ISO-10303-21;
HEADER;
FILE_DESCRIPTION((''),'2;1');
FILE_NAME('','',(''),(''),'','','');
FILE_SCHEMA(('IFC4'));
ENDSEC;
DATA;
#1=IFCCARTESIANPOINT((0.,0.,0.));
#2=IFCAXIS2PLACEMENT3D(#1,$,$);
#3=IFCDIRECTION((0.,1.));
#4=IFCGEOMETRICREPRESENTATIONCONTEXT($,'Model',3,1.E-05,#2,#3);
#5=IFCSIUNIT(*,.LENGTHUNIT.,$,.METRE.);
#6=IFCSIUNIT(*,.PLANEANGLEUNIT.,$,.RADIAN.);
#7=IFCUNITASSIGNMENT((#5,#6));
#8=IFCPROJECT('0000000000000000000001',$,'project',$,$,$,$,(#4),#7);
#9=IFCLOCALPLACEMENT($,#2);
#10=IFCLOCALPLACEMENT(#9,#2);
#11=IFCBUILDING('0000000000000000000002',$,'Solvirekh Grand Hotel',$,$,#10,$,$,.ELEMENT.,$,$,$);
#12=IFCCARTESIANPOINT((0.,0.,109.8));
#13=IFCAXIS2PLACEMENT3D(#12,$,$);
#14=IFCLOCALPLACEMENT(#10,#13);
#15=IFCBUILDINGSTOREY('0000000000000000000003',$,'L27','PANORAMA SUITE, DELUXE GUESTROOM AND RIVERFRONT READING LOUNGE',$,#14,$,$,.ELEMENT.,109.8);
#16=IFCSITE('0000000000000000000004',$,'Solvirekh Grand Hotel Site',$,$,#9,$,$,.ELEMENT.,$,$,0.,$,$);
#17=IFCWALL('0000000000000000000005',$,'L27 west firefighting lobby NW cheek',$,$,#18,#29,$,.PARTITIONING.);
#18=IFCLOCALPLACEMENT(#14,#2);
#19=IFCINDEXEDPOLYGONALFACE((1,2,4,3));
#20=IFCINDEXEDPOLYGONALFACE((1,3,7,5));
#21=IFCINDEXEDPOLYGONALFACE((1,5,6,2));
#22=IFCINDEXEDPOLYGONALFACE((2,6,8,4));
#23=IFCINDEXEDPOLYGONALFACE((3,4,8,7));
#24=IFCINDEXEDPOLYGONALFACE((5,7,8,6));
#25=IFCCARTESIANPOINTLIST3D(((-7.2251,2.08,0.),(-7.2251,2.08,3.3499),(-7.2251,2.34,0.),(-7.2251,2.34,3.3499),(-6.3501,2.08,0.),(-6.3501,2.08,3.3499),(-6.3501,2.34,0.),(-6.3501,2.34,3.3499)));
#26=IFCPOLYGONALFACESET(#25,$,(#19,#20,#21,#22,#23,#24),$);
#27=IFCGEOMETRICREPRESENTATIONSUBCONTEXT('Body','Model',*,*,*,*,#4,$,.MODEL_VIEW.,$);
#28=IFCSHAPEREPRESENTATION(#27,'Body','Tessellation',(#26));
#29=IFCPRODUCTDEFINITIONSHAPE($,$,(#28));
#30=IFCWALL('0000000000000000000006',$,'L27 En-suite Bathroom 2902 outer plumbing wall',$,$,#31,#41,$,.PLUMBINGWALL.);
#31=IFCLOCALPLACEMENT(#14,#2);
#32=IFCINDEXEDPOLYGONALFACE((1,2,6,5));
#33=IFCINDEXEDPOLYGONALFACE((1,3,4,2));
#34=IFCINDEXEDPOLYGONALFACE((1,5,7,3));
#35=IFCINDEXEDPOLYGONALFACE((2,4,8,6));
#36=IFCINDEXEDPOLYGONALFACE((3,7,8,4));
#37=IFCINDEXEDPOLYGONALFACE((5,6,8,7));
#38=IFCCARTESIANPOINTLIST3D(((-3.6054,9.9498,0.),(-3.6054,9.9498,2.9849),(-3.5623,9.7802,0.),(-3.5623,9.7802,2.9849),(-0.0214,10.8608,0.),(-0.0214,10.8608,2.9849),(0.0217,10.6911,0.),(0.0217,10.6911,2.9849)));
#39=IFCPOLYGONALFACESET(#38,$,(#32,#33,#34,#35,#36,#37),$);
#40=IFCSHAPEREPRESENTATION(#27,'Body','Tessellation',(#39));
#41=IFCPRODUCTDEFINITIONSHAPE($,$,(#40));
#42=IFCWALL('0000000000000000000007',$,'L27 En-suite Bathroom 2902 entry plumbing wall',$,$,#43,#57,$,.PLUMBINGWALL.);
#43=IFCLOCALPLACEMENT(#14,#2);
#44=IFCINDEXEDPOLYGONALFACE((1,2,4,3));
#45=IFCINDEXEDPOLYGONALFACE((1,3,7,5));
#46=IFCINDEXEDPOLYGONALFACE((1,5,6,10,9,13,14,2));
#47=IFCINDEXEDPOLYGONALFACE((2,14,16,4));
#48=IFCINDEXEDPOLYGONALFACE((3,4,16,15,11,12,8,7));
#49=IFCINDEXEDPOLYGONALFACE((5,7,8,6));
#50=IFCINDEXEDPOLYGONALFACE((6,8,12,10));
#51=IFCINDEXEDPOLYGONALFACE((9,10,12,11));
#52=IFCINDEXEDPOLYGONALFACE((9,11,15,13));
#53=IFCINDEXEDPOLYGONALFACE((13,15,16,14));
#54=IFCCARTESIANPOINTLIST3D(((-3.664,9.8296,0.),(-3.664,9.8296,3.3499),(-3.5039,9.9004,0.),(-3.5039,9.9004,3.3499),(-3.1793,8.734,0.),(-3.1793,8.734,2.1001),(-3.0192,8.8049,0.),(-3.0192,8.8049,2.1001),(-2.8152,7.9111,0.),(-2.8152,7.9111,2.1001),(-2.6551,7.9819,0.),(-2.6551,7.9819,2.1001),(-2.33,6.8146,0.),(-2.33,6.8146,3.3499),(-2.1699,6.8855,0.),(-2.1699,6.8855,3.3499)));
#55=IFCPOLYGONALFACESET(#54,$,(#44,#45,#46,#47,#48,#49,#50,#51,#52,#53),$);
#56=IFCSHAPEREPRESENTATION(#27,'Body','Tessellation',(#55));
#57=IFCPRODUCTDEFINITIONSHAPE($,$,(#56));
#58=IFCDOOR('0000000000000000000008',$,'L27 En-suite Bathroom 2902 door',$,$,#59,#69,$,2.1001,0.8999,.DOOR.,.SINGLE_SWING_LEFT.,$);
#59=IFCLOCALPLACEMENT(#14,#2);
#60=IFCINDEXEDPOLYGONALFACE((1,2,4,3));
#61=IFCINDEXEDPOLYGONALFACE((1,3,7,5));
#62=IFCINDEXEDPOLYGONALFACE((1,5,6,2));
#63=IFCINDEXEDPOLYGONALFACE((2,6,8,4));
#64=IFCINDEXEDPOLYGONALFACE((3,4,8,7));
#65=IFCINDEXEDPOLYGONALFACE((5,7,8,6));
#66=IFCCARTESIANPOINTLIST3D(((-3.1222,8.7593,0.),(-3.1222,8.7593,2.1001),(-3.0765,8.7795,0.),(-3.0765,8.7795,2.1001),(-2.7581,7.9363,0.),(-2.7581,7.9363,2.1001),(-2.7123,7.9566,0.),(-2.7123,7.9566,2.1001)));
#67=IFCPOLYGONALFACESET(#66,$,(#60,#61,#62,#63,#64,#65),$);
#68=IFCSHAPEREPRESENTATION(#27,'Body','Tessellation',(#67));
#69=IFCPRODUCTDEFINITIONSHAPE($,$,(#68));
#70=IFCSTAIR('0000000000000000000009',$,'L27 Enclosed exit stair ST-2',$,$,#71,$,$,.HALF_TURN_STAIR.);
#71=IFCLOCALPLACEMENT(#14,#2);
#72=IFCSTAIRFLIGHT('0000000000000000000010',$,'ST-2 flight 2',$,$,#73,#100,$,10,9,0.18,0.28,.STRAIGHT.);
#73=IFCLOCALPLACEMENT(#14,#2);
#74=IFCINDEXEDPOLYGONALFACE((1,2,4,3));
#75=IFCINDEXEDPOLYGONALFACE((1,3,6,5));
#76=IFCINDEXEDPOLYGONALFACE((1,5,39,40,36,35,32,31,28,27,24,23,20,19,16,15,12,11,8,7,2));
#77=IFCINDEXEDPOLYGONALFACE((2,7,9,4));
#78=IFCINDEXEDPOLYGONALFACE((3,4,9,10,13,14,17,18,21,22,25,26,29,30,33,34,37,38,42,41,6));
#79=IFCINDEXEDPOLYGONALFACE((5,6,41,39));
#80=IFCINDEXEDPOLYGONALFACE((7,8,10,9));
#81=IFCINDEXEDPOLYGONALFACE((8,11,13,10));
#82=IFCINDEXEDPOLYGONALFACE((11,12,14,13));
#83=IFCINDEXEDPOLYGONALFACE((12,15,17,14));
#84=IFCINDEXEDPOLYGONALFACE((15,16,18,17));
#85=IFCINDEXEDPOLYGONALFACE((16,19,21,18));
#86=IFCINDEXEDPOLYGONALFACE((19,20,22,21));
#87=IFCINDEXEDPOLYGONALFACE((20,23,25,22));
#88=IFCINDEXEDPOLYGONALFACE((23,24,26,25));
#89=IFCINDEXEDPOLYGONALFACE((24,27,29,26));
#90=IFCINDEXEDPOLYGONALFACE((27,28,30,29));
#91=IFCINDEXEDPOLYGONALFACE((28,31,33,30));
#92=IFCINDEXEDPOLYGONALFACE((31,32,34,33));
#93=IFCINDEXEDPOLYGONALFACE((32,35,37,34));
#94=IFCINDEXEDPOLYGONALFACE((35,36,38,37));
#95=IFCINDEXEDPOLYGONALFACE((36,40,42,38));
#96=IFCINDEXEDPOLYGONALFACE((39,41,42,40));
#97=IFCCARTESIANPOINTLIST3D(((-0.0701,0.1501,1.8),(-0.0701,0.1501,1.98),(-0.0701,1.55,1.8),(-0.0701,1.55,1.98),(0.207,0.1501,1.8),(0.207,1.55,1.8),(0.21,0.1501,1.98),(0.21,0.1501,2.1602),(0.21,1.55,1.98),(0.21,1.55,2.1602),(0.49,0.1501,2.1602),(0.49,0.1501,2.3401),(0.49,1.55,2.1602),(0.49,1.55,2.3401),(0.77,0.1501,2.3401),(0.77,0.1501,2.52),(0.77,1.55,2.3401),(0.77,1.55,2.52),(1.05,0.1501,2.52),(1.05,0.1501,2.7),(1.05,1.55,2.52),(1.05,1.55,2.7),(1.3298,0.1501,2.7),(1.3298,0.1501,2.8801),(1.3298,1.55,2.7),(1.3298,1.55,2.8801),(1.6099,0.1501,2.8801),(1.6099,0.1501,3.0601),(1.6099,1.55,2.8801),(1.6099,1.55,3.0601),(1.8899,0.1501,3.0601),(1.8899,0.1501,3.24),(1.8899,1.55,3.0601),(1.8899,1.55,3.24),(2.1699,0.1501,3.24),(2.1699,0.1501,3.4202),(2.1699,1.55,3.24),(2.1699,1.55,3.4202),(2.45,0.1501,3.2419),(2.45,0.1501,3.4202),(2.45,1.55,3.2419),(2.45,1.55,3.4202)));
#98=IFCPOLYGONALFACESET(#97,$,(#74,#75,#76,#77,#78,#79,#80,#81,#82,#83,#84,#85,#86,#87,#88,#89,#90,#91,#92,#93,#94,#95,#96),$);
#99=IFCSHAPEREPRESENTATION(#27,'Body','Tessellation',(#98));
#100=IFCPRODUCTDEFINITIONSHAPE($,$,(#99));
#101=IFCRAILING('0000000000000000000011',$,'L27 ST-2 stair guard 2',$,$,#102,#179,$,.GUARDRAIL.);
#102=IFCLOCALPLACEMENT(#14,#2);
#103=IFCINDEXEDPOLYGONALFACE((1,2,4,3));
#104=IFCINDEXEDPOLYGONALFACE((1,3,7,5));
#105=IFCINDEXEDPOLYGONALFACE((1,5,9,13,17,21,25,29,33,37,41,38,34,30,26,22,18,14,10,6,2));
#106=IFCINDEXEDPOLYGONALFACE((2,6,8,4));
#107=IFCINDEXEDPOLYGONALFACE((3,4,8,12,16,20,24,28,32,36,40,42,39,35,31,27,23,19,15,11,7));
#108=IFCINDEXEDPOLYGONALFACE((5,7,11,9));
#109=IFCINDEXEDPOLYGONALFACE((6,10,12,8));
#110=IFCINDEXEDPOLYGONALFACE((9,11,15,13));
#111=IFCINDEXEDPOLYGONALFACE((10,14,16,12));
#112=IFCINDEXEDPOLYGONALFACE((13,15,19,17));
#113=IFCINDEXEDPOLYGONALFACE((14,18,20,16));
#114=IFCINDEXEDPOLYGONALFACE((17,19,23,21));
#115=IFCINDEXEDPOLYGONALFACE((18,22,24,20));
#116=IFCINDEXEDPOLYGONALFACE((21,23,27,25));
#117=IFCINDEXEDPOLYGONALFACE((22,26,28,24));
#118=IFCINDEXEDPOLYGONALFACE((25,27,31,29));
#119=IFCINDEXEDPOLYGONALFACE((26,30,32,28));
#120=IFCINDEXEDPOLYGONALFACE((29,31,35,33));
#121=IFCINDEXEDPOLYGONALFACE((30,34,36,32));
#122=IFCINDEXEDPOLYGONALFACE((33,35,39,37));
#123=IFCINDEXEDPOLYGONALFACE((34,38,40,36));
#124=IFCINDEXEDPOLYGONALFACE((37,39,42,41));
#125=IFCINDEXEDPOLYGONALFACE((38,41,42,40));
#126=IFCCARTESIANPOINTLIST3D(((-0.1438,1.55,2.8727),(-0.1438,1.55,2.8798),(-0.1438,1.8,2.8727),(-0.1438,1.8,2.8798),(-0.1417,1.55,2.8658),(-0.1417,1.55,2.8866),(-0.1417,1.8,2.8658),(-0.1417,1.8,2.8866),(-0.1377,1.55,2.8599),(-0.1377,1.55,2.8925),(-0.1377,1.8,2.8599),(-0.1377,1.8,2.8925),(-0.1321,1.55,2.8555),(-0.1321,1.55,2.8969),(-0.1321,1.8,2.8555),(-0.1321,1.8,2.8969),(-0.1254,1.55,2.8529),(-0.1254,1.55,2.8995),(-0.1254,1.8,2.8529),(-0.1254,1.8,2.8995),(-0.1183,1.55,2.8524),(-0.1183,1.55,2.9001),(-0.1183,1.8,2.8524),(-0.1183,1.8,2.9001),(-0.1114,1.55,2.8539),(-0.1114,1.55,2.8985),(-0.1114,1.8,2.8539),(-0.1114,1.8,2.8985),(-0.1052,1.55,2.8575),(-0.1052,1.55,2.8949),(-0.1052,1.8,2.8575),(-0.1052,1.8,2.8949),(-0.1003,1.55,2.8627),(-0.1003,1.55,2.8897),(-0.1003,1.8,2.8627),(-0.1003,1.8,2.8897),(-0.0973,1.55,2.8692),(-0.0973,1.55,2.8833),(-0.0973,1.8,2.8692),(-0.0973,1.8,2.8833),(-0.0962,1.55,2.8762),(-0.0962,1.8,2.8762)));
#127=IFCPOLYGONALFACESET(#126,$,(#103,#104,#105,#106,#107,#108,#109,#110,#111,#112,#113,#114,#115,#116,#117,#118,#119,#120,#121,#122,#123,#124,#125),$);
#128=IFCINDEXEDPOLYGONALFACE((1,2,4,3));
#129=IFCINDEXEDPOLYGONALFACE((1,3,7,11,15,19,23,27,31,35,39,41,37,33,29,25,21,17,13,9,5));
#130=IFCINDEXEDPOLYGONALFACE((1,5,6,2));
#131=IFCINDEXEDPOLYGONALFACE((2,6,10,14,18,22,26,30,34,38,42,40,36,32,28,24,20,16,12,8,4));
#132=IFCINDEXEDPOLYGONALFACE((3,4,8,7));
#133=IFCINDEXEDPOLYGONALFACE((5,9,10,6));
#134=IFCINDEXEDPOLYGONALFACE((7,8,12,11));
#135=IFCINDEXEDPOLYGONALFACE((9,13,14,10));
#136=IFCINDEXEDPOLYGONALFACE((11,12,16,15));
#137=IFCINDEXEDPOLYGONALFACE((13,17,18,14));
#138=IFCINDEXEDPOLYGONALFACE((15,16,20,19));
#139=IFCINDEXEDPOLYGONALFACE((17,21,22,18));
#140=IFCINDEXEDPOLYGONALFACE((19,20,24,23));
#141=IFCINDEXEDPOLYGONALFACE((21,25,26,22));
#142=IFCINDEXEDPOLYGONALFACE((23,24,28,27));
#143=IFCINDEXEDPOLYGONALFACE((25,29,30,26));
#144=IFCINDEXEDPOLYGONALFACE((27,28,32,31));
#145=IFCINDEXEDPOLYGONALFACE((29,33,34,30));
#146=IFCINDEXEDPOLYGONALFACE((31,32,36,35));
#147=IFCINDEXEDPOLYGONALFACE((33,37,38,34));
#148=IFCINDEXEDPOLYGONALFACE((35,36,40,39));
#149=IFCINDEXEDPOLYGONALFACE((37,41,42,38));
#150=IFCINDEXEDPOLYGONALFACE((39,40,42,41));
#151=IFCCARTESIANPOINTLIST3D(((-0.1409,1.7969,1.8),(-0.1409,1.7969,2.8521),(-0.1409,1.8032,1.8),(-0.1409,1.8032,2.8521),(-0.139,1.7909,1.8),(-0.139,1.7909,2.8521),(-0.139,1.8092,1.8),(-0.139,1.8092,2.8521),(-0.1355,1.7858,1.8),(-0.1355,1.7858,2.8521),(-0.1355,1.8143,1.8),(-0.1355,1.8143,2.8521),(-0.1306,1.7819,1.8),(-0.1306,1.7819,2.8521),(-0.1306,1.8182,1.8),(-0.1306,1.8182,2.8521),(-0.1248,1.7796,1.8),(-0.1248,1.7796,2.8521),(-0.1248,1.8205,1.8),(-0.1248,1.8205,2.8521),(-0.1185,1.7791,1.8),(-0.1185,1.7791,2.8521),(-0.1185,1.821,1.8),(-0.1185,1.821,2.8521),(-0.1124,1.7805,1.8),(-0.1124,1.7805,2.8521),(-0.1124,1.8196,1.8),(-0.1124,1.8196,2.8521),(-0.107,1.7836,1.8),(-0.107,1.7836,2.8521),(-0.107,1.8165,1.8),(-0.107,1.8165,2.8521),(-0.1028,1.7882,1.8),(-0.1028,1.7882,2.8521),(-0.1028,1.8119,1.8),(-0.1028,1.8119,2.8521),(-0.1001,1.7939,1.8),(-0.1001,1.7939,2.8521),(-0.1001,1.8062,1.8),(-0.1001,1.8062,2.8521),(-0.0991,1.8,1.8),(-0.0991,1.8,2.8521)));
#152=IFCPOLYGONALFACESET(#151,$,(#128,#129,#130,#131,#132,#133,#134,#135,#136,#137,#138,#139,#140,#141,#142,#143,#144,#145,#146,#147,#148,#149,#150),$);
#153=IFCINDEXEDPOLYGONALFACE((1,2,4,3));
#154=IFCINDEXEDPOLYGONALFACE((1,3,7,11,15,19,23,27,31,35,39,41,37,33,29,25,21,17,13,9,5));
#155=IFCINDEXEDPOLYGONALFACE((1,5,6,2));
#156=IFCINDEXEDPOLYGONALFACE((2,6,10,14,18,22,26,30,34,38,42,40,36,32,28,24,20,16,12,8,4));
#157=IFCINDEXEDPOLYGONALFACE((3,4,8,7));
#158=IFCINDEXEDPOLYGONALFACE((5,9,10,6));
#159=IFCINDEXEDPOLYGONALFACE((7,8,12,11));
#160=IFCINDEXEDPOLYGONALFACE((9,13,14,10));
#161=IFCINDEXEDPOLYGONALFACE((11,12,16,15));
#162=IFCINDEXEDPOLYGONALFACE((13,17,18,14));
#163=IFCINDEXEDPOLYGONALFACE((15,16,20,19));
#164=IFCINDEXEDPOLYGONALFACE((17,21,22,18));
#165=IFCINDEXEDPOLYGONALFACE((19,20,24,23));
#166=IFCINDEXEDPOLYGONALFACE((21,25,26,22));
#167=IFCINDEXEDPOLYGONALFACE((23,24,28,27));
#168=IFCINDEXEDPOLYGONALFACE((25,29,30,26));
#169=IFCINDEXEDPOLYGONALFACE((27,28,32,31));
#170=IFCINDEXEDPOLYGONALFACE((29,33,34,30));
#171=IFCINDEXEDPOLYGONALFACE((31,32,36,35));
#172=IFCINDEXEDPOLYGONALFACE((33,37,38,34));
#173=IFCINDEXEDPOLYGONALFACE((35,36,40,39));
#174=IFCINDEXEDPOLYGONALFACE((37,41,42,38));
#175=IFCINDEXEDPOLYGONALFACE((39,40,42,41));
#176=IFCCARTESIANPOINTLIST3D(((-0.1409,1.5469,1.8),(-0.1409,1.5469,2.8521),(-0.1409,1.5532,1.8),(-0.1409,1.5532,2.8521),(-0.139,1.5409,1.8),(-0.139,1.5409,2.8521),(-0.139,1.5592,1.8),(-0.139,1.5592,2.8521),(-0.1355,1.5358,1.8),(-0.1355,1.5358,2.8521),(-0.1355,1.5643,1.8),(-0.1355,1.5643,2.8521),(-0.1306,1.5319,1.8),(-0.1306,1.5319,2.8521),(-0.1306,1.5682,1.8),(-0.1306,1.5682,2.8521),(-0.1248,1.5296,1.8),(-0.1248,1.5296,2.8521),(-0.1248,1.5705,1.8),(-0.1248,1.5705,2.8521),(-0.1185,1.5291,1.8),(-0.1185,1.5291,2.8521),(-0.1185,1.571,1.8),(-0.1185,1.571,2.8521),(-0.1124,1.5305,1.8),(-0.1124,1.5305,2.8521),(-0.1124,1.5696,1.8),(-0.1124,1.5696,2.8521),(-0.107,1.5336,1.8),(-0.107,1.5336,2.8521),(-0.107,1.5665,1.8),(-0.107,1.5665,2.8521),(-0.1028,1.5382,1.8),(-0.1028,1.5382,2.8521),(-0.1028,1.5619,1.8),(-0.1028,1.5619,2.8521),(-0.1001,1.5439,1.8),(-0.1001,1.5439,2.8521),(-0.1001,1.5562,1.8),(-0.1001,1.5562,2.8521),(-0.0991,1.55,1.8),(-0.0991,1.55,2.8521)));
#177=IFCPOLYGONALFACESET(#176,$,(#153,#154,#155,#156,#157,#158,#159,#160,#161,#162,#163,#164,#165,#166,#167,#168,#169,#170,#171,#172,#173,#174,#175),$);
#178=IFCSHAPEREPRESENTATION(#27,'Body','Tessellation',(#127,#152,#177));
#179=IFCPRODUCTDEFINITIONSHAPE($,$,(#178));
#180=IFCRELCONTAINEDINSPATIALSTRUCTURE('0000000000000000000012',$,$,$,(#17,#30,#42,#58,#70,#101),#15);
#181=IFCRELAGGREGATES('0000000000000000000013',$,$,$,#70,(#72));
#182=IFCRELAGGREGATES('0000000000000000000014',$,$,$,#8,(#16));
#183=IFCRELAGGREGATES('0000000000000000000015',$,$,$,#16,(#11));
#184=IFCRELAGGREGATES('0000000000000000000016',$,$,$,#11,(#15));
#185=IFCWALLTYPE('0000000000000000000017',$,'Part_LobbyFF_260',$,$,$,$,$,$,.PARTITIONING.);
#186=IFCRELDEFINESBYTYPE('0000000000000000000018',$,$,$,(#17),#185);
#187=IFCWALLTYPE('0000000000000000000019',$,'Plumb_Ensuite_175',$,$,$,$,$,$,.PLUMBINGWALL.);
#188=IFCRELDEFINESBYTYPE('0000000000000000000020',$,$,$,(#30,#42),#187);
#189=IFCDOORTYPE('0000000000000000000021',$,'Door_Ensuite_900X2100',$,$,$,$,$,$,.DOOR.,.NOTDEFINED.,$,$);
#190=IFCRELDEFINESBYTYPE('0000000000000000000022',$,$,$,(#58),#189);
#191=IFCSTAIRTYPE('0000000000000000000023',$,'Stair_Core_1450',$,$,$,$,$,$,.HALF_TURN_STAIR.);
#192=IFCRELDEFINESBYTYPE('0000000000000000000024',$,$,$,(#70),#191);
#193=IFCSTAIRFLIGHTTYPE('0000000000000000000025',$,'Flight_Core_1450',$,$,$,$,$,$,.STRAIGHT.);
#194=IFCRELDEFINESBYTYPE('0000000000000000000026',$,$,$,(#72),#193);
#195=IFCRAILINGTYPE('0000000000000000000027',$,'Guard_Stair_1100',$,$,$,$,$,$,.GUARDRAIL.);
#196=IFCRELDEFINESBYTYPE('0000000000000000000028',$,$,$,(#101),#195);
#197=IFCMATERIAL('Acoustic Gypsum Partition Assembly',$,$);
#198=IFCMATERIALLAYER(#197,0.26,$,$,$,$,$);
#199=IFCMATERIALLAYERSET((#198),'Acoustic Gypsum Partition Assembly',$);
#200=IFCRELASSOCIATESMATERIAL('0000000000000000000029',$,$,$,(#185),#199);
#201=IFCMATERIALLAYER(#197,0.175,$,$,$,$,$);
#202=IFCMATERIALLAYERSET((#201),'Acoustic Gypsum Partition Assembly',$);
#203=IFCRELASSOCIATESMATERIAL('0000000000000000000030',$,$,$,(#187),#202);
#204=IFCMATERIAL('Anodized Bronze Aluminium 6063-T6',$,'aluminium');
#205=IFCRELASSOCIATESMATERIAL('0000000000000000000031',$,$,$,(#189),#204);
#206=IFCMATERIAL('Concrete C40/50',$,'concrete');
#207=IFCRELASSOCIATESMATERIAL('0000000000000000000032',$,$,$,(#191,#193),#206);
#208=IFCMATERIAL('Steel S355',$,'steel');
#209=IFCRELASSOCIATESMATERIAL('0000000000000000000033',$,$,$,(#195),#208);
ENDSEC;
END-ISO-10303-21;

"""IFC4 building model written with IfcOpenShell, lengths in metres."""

from ifc_helpers import new_model, si_unit, direction, frame, frame_2d, origin, origin_2d, place, context, subcontext, project, spatial, polyline, rectangle, circle, outline, extrude, material, layer, layer_set, type_object, element, fill, aggregate, save


model = new_model("IFC4")

# Units and contexts
model_context = context("Model", 3, precision=1e-05, world=origin(), true_north=direction((0.0, 1.0)))
body_context = subcontext(model_context, "Body", "Model", "MODEL_VIEW")
ifc_project = project(units=[si_unit("LENGTHUNIT", "METRE"), si_unit("PLANEANGLEUNIT", "RADIAN")], contexts=[model_context])

# Site, building, storey
site_placement = place(None, origin())
site = spatial("IfcSite", under=ifc_project, at=site_placement, Name="Solvirekh Grand Hotel Site", CompositionType="ELEMENT", RefElevation=0.0)
building_placement = place(site_placement, origin())
building = spatial("IfcBuilding", under=site, at=building_placement, Name="Solvirekh Grand Hotel", CompositionType="ELEMENT")
storey_placement = place(building_placement, frame((0.0, 0.0, 109.8)))
storey = spatial("IfcBuildingStorey", under=building, at=storey_placement, Name="L27", Description="PANORAMA SUITE, DELUXE GUESTROOM AND RIVERFRONT READING LOUNGE", CompositionType="ELEMENT", Elevation=109.8)

# Shared definitions
ifc_material_1 = material(Name="Steel S355", Category="steel")

# Shared definitions
ifc_material_2 = material(Name="Anodized Bronze Aluminium 6063-T6", Category="aluminium")

# Shared definitions
ifc_material_3 = material(Name="Concrete C40/50", Category="concrete")

# Walls
ifc_material_4 = material(Name="Acoustic Gypsum Partition Assembly")
ifc_layer_1 = layer(ifc_material_4, 0.26)
ifc_layer_set_1 = layer_set([ifc_layer_1], Name="Acoustic Gypsum Partition Assembly")
wall_type_1 = type_object("IfcWallType", Name="Part_LobbyFF_260", PredefinedType="PARTITIONING", material=ifc_layer_set_1)
wall_1_placement = place(storey_placement, frame((-7.2251, 2.21, 0.0), z_axis=(0.0, 0.0, 1.0), x_axis=(1.0, 0.0, 0.0)))
element("IfcWall", 1, at=wall_1_placement, inside=storey, type_object=wall_type_1, Name="L27 west firefighting lobby NW cheek", PredefinedType="PARTITIONING", context=body_context, shape_type="SweptSolid", body=[
    extrude(rectangle(XDim=0.875, YDim=0.26, at=frame_2d((0.4375, 0.0))), origin(), (0.0, 0.0, 1.0), 3.3499),
])
ifc_layer_2 = layer(ifc_material_4, 0.175)
ifc_layer_set_2 = layer_set([ifc_layer_2], Name="Acoustic Gypsum Partition Assembly")
wall_type_2 = type_object("IfcWallType", Name="Plumb_Ensuite_175", PredefinedType="PLUMBINGWALL", material=ifc_layer_set_2)
wall_2_placement = place(storey_placement, frame((-3.584, 9.865, 0.0), z_axis=(0.0, 0.0, 1.0), x_axis=(0.969188, 0.246324, 0.0)))
element("IfcWall", 2, at=wall_2_placement, inside=storey, type_object=wall_type_2, Name="L27 En-suite Bathroom 2902 outer plumbing wall", PredefinedType="PLUMBINGWALL", context=body_context, shape_type="SweptSolid", body=[
    extrude(rectangle(XDim=3.698, YDim=0.175, at=frame_2d((1.8491, 0.0))), origin(), (0.0, 0.0, 1.0), 2.9849),
])

# Wall, opening, door
wall_3_placement = place(storey_placement, frame((-3.584, 9.865, 0.0), z_axis=(0.0, 0.0, 1.0), x_axis=(0.404626, -0.914482, 0.0)))
wall_3 = element("IfcWall", 3, at=wall_3_placement, inside=storey, type_object=wall_type_2, Name="L27 En-suite Bathroom 2902 entry plumbing wall", PredefinedType="PLUMBINGWALL", context=body_context, shape_type="SweptSolid", body=[
    extrude(rectangle(XDim=3.2969, YDim=0.175, at=frame_2d((1.6484, 0.0))), origin(), (0.0, 0.0, 1.0), 3.3499),
])
opening_1_placement = place(wall_3_placement, frame((1.198, 0.0, 0.0)))
opening_1 = element("IfcOpeningElement", 4, at=opening_1_placement, cuts=wall_3, PredefinedType="OPENING", context=body_context, shape_type="SweptSolid", body=[
    extrude(rectangle(XDim=0.8999, YDim=2.1001, at=frame_2d((0.45, 1.05))), frame((0.0, 0.0977, 0.0), z_axis=(0.0, -1.0, 0.0), x_axis=(1.0, 0.0, 0.0)), (0.0, 0.0, 1.0), 0.1951),
])
door_type_1 = type_object("IfcDoorType", Name="Door_Ensuite_900X2100", OperationType="NOTDEFINED", PredefinedType="DOOR", material=ifc_material_2)
door_1_placement = place(opening_1_placement, origin())
door_1 = element("IfcDoor", 5, at=door_1_placement, inside=storey, type_object=door_type_1, Name="L27 En-suite Bathroom 2902 door", OperationType="SINGLE_SWING_LEFT", OverallHeight=2.1001, OverallWidth=0.8999, PredefinedType="DOOR", context=body_context, shape_type="SweptSolid", body=[
    extrude(rectangle(XDim=0.8999, YDim=2.1001, at=frame_2d((0.45, 1.05))), frame((0.0, 0.0249, 0.0), z_axis=(0.0, -1.0, 0.0), x_axis=(1.0, 0.0, 0.0)), (0.0, 0.0, 1.0), 0.05),
])
fill(opening_1, door_1)

# Stair, stair flight
stair_type = type_object("IfcStairType", Name="Stair_Core_1450", PredefinedType="HALF_TURN_STAIR", material=ifc_material_3)
stair_placement = place(storey_placement, origin())
stair = element("IfcStair", 6, at=stair_placement, inside=storey, type_object=stair_type, Name="L27 Enclosed exit stair ST-2", PredefinedType="HALF_TURN_STAIR")
stair_flight_type = type_object("IfcStairFlightType", Name="Flight_Core_1450", PredefinedType="STRAIGHT", material=ifc_material_3)
stair_flight_placement = place(storey_placement, frame((-0.0701, 0.8501, 1.8), z_axis=(0.0, 0.0, 1.0), x_axis=(1.0, 0.0, 0.0)))
stair_flight = element("IfcStairFlight", 7, at=stair_flight_placement, type_object=stair_flight_type, Name="ST-2 flight 2", NumberOfRisers=10, NumberOfTreads=9, PredefinedType="STRAIGHT", RiserHeight=0.18, TreadLength=0.28, context=body_context, shape_type="SweptSolid", body=[
    extrude(outline(polyline([(0.0, 0.0), (0.0, 0.1799), (0.28, 0.1799), (0.28, 0.3601), (0.5601, 0.3601), (0.5601, 0.54), (0.8401, 0.54), (0.8401, 0.72), (1.1201, 0.72), (1.1201, 0.8999), (1.3999, 0.8999), (1.3999, 1.0801), (1.6799, 1.0801), (1.6799, 1.26), (1.96, 1.26), (1.96, 1.4399), (2.24, 1.4399), (2.24, 1.6201), (2.52, 1.6201), (2.52, 1.8), (2.52, 1.4419), (0.2771, 0.0), (0.0, 0.0)])), frame((0.0, 0.7, 0.0), z_axis=(0.0, -1.0, 0.0), x_axis=(1.0, 0.0, 0.0)), (0.0, 0.0, 1.0), 1.3999),
])
aggregate(stair, [stair_flight])

# Railing
railing_type_1 = type_object("IfcRailingType", Name="Guard_Stair_1100", PredefinedType="GUARDRAIL", material=ifc_material_1)
railing_1_placement = place(storey_placement, frame((-0.1201, 1.8, 1.8)))
element("IfcRailing", 8, at=railing_1_placement, inside=storey, type_object=railing_type_1, Name="L27 ST-2 stair guard 2", PredefinedType="GUARDRAIL", context=body_context, shape_type="SweptSolid", body=[
    extrude(circle(Radius=0.0239, at=origin_2d()), frame((0.0, 0.0, 1.0762), z_axis=(0.0, -1.0, 0.0), x_axis=(1.0, 0.0, 0.0)), (0.0, 0.0, 1.0), 0.25),
    extrude(circle(Radius=0.021, at=origin_2d()), origin(), (0.0, 0.0, 1.0), 1.052),
    extrude(circle(Radius=0.021, at=origin_2d()), frame((0.0, -0.25, 0.0)), (0.0, 0.0, 1.0), 1.052),
])

save(model, "model.ifc")
